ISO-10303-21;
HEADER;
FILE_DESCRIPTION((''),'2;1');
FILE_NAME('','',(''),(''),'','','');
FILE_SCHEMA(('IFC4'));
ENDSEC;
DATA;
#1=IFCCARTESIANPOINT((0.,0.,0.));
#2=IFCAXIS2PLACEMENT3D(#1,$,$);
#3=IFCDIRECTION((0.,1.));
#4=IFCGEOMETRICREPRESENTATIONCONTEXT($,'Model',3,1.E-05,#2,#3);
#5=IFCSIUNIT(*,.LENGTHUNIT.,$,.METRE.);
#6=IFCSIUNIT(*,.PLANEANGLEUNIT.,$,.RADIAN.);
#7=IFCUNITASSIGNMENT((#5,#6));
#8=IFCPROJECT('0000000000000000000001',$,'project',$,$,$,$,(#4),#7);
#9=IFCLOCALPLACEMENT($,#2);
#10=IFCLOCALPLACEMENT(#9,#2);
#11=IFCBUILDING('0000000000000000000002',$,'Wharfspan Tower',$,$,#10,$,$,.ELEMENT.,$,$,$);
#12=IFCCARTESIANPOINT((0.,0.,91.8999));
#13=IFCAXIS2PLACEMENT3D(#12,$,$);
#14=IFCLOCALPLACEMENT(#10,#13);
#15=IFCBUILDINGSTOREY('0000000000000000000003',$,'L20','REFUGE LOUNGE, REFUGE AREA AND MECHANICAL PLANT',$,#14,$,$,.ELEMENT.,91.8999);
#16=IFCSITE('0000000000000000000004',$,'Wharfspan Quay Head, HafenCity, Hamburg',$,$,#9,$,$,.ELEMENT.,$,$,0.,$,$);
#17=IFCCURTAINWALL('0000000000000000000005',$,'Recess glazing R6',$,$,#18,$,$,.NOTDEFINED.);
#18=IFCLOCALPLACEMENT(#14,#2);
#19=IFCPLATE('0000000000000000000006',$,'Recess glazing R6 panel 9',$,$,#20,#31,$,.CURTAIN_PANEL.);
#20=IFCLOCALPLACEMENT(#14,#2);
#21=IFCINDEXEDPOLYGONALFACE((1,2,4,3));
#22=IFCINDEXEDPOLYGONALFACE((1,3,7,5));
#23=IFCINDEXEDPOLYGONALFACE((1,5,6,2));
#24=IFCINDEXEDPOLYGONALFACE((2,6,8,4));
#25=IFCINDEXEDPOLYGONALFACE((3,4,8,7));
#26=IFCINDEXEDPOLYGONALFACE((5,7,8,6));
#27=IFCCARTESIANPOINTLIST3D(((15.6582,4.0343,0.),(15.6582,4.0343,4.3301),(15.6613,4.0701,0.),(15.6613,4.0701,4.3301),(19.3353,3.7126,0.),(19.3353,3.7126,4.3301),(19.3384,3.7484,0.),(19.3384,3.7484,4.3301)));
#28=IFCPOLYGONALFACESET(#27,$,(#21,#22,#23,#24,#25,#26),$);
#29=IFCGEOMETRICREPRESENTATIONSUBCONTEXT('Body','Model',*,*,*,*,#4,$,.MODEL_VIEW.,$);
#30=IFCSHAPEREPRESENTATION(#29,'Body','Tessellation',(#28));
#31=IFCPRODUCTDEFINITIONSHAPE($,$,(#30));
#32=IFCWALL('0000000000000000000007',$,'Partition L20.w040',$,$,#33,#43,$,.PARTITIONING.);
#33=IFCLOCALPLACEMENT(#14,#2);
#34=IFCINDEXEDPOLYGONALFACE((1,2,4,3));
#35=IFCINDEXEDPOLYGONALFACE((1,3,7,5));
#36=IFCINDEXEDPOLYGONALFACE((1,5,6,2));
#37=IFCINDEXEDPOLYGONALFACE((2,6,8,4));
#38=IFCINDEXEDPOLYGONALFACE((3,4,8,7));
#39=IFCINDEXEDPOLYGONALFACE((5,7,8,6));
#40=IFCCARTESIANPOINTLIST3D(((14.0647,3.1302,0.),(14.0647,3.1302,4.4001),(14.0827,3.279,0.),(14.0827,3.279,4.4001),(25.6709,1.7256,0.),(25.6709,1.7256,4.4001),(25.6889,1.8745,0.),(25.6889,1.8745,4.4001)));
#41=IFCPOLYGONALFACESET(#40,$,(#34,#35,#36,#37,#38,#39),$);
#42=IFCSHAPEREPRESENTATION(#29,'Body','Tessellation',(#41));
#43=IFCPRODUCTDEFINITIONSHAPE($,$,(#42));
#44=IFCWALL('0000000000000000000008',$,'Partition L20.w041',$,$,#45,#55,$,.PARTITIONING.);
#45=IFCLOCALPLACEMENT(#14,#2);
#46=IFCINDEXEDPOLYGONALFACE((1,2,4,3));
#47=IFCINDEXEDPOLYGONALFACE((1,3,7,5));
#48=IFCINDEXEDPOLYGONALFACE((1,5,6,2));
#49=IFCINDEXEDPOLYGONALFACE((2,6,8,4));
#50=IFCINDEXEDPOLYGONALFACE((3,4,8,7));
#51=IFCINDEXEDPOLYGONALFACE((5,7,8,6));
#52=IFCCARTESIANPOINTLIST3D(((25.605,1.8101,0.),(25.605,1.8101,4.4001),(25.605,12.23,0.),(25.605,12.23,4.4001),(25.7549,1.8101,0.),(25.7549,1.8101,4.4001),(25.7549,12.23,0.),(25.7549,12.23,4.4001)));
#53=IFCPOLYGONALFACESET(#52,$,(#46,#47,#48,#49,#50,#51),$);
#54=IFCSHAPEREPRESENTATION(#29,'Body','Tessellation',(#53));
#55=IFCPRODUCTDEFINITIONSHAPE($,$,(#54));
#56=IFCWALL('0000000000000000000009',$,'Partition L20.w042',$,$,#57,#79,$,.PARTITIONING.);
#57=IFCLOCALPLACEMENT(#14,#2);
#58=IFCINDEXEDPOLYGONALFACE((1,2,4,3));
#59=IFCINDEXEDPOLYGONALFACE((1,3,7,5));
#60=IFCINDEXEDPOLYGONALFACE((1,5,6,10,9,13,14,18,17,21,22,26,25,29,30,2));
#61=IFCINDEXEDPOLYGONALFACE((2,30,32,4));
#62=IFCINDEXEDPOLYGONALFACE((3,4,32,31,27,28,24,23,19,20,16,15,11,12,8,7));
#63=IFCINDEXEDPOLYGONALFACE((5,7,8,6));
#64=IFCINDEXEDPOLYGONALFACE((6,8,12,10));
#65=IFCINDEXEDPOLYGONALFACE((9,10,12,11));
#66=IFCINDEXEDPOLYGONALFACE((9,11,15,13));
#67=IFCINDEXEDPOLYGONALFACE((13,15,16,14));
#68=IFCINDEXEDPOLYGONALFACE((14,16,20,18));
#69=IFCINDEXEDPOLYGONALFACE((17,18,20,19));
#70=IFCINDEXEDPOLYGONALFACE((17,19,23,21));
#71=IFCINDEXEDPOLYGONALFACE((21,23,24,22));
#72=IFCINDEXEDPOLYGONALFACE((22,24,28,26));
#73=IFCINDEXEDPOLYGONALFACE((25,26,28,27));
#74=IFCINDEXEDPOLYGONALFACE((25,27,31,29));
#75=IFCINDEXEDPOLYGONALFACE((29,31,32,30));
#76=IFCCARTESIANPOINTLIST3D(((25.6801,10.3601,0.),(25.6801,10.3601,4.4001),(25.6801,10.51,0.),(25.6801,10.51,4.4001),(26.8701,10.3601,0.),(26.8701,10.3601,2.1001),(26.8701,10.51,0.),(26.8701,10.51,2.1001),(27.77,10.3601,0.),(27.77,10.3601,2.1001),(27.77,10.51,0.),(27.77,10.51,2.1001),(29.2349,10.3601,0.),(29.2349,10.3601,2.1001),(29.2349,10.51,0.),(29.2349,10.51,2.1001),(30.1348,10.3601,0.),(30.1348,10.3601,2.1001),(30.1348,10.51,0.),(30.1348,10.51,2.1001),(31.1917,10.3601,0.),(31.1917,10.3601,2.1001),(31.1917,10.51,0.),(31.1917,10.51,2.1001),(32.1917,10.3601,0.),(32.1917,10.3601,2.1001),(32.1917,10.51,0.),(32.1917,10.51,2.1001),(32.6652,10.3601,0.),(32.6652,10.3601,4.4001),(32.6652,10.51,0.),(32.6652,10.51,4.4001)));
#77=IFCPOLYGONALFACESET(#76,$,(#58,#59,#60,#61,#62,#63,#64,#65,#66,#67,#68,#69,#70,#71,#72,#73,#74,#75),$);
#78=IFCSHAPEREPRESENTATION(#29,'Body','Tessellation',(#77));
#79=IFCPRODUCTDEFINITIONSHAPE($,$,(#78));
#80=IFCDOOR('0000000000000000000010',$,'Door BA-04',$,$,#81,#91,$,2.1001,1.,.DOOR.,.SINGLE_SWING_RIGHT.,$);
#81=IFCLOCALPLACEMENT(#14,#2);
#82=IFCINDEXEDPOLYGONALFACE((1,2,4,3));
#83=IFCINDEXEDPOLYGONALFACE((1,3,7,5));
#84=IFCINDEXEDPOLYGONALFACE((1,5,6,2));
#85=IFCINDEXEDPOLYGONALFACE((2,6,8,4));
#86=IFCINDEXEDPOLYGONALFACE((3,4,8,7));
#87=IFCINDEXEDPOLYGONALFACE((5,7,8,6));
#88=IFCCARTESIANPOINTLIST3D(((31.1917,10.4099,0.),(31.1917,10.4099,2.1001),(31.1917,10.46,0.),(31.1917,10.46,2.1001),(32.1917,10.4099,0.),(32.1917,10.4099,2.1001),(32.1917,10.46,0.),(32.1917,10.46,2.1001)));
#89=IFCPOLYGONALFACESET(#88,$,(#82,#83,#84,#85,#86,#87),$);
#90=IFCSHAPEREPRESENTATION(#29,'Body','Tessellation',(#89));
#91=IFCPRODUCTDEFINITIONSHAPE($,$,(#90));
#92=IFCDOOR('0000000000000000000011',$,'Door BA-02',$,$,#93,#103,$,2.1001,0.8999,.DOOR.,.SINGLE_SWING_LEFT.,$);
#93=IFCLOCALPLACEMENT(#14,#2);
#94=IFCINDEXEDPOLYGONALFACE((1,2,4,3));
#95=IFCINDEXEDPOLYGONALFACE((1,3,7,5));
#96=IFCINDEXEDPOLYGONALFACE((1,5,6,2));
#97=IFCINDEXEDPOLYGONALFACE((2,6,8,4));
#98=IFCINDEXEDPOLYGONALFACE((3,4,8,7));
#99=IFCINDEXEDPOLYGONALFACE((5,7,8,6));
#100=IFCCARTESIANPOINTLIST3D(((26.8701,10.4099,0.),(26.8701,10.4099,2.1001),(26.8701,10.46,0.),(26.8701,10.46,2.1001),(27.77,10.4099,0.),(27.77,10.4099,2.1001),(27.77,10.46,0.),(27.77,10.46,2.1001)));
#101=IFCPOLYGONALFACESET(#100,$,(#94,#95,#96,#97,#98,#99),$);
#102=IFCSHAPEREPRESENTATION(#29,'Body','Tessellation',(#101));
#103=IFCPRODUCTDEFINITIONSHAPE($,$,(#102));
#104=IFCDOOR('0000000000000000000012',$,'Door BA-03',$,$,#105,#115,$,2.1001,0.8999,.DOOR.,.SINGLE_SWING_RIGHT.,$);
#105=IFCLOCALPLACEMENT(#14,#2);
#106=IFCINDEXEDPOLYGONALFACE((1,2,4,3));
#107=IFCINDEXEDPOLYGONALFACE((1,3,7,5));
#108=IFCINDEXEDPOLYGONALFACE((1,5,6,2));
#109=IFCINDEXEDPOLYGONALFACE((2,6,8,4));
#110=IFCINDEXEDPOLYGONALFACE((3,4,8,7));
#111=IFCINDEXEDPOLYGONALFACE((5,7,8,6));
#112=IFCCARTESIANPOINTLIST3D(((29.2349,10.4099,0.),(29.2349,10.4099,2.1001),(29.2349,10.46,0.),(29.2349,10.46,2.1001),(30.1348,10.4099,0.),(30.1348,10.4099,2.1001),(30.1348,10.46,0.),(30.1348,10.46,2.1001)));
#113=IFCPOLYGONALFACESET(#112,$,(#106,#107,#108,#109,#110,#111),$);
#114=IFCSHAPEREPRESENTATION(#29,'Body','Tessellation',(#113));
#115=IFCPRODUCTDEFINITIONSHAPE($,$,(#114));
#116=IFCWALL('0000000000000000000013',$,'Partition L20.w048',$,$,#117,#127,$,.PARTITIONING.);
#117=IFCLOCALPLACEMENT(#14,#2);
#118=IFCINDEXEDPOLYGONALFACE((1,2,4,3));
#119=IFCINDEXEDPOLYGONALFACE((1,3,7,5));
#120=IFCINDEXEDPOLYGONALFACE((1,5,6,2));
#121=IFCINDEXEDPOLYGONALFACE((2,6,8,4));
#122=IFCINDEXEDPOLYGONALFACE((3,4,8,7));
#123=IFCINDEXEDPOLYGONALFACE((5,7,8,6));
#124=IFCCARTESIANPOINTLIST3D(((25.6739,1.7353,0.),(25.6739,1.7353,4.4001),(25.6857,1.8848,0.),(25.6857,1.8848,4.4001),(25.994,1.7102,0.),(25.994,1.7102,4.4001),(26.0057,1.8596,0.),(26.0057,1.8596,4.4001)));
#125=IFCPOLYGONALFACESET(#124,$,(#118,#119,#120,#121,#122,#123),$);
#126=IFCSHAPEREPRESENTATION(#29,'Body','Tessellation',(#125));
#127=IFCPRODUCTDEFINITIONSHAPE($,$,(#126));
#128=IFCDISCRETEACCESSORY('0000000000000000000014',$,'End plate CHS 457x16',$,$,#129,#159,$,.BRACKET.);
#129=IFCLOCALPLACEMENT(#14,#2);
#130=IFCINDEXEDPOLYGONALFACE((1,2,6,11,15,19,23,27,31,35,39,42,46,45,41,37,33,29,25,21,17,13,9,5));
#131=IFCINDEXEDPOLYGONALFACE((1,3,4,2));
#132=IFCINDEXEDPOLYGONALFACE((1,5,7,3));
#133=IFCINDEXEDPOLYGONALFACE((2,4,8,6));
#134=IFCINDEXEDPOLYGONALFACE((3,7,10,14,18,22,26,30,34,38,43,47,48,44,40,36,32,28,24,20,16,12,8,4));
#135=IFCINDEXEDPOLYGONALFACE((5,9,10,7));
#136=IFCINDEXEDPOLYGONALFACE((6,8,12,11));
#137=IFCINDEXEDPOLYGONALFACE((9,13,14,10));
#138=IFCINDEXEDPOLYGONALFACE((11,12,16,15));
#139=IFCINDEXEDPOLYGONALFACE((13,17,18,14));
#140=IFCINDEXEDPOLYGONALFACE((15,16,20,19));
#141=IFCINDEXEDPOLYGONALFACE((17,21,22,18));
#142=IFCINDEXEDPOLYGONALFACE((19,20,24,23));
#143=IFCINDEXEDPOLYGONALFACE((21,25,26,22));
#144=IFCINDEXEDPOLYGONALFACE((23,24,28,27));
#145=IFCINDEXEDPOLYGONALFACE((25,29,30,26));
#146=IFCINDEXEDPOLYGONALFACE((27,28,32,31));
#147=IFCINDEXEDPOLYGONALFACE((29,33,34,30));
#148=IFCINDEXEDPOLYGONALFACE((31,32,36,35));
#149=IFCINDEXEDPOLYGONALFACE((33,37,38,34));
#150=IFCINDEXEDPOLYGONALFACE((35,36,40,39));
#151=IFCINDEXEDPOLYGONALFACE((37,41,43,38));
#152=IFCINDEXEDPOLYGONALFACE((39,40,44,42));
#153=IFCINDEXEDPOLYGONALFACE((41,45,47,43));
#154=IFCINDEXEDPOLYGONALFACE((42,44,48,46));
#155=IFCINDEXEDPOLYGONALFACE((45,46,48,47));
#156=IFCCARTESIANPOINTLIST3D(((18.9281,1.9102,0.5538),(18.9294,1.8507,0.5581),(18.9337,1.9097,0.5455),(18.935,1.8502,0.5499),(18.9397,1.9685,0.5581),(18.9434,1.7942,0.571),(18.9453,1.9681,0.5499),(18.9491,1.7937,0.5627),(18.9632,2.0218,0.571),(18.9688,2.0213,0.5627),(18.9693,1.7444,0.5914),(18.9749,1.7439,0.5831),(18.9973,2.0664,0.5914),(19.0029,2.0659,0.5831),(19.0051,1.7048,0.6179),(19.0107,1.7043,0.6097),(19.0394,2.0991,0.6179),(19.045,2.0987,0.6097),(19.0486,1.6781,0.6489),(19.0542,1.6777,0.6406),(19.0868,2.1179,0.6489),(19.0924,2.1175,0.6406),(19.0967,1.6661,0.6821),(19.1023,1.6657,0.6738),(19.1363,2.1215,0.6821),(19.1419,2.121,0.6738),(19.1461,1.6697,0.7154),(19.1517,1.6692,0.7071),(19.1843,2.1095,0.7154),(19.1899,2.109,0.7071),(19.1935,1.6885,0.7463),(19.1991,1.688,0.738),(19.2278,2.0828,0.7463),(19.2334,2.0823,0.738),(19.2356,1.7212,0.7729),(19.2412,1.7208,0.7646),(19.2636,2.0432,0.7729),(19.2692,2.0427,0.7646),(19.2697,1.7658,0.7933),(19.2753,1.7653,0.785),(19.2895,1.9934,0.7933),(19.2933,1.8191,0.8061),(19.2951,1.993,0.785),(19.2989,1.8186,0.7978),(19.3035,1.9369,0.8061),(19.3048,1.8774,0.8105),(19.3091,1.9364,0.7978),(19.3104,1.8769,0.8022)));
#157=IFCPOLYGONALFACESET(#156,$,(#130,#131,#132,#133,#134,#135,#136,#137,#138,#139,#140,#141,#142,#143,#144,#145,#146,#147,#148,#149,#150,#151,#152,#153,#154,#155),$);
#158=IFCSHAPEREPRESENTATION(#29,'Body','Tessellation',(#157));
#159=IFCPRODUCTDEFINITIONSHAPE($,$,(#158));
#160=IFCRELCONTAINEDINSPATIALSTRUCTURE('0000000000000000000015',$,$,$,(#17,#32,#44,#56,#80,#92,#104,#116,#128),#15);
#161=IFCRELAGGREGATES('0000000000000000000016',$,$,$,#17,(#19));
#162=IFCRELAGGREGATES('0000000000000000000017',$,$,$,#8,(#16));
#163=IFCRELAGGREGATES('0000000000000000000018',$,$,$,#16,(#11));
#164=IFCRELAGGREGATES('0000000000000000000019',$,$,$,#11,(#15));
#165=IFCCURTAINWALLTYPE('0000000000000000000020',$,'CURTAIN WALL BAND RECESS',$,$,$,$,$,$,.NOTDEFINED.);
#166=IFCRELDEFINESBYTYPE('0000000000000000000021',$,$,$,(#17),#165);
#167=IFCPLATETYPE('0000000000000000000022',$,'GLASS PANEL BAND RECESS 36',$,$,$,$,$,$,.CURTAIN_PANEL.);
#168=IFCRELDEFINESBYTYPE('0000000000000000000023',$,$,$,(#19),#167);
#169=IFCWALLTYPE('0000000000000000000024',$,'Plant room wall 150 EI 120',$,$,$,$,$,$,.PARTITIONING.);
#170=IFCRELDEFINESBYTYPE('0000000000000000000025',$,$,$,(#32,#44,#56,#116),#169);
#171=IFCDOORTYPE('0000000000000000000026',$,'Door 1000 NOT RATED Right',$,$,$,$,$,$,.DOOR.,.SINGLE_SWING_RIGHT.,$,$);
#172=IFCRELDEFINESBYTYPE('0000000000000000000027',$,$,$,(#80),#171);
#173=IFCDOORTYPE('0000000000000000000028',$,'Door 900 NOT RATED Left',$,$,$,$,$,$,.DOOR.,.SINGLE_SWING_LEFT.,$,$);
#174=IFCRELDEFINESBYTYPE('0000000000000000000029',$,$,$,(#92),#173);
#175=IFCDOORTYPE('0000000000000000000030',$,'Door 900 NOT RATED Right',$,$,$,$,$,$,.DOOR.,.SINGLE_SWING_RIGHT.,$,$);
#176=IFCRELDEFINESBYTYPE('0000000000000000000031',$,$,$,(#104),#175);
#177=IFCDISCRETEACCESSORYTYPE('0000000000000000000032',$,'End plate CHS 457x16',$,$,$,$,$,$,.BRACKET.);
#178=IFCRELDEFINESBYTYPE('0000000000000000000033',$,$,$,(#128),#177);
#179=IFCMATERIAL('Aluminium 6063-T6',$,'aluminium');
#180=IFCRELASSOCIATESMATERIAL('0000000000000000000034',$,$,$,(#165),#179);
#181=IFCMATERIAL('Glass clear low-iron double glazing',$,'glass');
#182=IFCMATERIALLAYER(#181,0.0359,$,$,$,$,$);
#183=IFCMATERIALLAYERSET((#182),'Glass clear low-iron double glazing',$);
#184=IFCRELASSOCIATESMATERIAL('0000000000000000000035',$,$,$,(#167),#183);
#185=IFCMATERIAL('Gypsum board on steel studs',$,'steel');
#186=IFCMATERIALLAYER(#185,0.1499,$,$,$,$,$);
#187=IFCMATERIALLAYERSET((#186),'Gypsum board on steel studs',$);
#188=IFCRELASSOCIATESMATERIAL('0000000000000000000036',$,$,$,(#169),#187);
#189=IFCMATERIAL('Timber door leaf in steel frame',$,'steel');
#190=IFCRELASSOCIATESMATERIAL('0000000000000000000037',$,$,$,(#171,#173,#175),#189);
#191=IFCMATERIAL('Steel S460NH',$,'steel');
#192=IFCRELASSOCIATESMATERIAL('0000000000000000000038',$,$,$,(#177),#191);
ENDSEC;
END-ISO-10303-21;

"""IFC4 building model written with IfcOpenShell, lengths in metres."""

from ifc_helpers import new_model, si_unit, direction, frame, frame_2d, origin, origin_2d, place, context, subcontext, project, spatial, rectangle, circle, extrude, material, layer, layer_set, material_profile, profile_set, type_object, element, fill, aggregate, save


model = new_model("IFC4")

# Units and contexts
model_context = context("Model", 3, precision=1e-05, world=origin(), true_north=direction((0.0, 1.0)))
body_context = subcontext(model_context, "Body", "Model", "MODEL_VIEW")
ifc_project = project(units=[si_unit("LENGTHUNIT", "METRE"), si_unit("PLANEANGLEUNIT", "RADIAN")], contexts=[model_context])

# Site, building, storey
site_placement = place(None, origin())
site = spatial("IfcSite", under=ifc_project, at=site_placement, Name="Wharfspan Quay Head, HafenCity, Hamburg", CompositionType="ELEMENT", RefElevation=0.0)
building_placement = place(site_placement, origin())
building = spatial("IfcBuilding", under=site, at=building_placement, Name="Wharfspan Tower", CompositionType="ELEMENT")
storey_placement = place(building_placement, frame((0.0, 0.0, 91.8999)))
storey = spatial("IfcBuildingStorey", under=building, at=storey_placement, Name="L20", Description="REFUGE LOUNGE, REFUGE AREA AND MECHANICAL PLANT", CompositionType="ELEMENT", Elevation=91.8999)

# Curtain wall
ifc_material_1 = material(Name="Aluminium 6063-T6", Category="aluminium")
curtain_wall_type = type_object("IfcCurtainWallType", Name="CURTAIN WALL BAND RECESS", PredefinedType="NOTDEFINED", material=ifc_material_1)
curtain_wall_placement = place(storey_placement, origin())
curtain_wall = element("IfcCurtainWall", 1, at=curtain_wall_placement, inside=storey, type_object=curtain_wall_type, Name="Recess glazing R6", PredefinedType="NOTDEFINED")

# Shared definitions
ifc_material_2 = material(Name="Steel S460NH", Category="steel")

# Plate
ifc_material_3 = material(Name="Glass clear low-iron double glazing", Category="glass")
ifc_layer_1 = layer(ifc_material_3, 0.0359)
ifc_layer_set_1 = layer_set([ifc_layer_1], Name="Glass clear low-iron double glazing")
plate_type = type_object("IfcPlateType", Name="GLASS PANEL BAND RECESS 36", PredefinedType="CURTAIN_PANEL", material=ifc_layer_set_1)
plate_1_placement = place(storey_placement, frame((17.4983, 3.8914, 0.0), z_axis=(0.0, 0.0, 1.0), x_axis=(-0.996198, 0.087156, 0.0)))
plate_1 = element("IfcPlate", 2, at=plate_1_placement, type_object=plate_type, Name="Recess glazing R6 panel 9", PredefinedType="CURTAIN_PANEL", context=body_context, shape_type="SweptSolid", body=[
    extrude(rectangle(XDim=3.6912, YDim=0.0359, at=origin_2d()), origin(), (0.0, 0.0, 1.0), 4.3301),
])
aggregate(curtain_wall, [plate_1])

# Walls
ifc_material_4 = material(Name="Gypsum board on steel studs", Category="steel")
ifc_layer_2 = layer(ifc_material_4, 0.1499)
ifc_layer_set_2 = layer_set([ifc_layer_2], Name="Gypsum board on steel studs")
wall_type = type_object("IfcWallType", Name="Plant room wall 150 EI 120", PredefinedType="PARTITIONING", material=ifc_layer_set_2)
wall_1_placement = place(storey_placement, frame((25.6799, 1.8, 0.0), z_axis=(0.0, 0.0, 1.0), x_axis=(-0.992758, 0.12014, 0.0)))
element("IfcWall", 3, at=wall_1_placement, inside=storey, type_object=wall_type, Name="Partition L20.w040", PredefinedType="PARTITIONING", context=body_context, shape_type="SweptSolid", body=[
    extrude(rectangle(XDim=11.6909, YDim=0.1499, at=frame_2d((5.8455, 0.0))), origin(), (0.0, 0.0, 1.0), 4.4001),
])
wall_2_placement = place(storey_placement, frame((25.6799, 1.8101, 0.0), z_axis=(0.0, 0.0, 1.0), x_axis=(0.0, 1.0, 0.0)))
element("IfcWall", 4, at=wall_2_placement, inside=storey, type_object=wall_type, Name="Partition L20.w041", PredefinedType="PARTITIONING", context=body_context, shape_type="SweptSolid", body=[
    extrude(rectangle(XDim=10.4199, YDim=0.1499, at=frame_2d((5.21, 0.0))), origin(), (0.0, 0.0, 1.0), 4.4001),
])

# Wall, openings, doors
wall_3_placement = place(storey_placement, frame((25.6799, 10.4351, 0.0), z_axis=(0.0, 0.0, 1.0), x_axis=(1.0, 0.0, 0.0)))
wall_3 = element("IfcWall", 5, at=wall_3_placement, inside=storey, type_object=wall_type, Name="Partition L20.w042", PredefinedType="PARTITIONING", context=body_context, shape_type="SweptSolid", body=[
    extrude(rectangle(XDim=6.9851, YDim=0.1499, at=frame_2d((3.4927, 0.0))), origin(), (0.0, 0.0, 1.0), 4.4001),
])
opening_1_placement = place(wall_3_placement, frame((1.1902, 0.0, 0.0)))
opening_1 = element("IfcOpeningElement", 6, at=opening_1_placement, cuts=wall_3, PredefinedType="OPENING", context=body_context, shape_type="SweptSolid", body=[
    extrude(rectangle(XDim=0.8999, YDim=2.1001, at=frame_2d((0.45, 1.05))), frame((0.0, 0.085, 0.0), z_axis=(0.0, -1.0, 0.0), x_axis=(1.0, 0.0, 0.0)), (0.0, 0.0, 1.0), 0.1699),
])
opening_2_placement = place(wall_3_placement, frame((3.5549, 0.0, 0.0)))
opening_2 = element("IfcOpeningElement", 7, at=opening_2_placement, cuts=wall_3, PredefinedType="OPENING", context=body_context, shape_type="SweptSolid", body=[
    extrude(rectangle(XDim=0.8999, YDim=2.1001, at=frame_2d((0.45, 1.05))), frame((0.0, 0.085, 0.0), z_axis=(0.0, -1.0, 0.0), x_axis=(1.0, 0.0, 0.0)), (0.0, 0.0, 1.0), 0.1699),
])
opening_3_placement = place(wall_3_placement, frame((5.5117, 0.0, 0.0)))
opening_3 = element("IfcOpeningElement", 8, at=opening_3_placement, cuts=wall_3, PredefinedType="OPENING", context=body_context, shape_type="SweptSolid", body=[
    extrude(rectangle(XDim=1.0, YDim=2.1001, at=frame_2d((0.5, 1.05))), frame((0.0, 0.085, 0.0), z_axis=(0.0, -1.0, 0.0), x_axis=(1.0, 0.0, 0.0)), (0.0, 0.0, 1.0), 0.1699),
])
ifc_material_5 = material(Name="Timber door leaf in steel frame", Category="steel")
door_type_1 = type_object("IfcDoorType", Name="Door 1000 NOT RATED Right", OperationType="SINGLE_SWING_RIGHT", PredefinedType="DOOR", material=ifc_material_5)
door_1_placement = place(opening_3_placement, origin())
door_1 = element("IfcDoor", 9, at=door_1_placement, inside=storey, type_object=door_type_1, Name="Door BA-04", OperationType="SINGLE_SWING_RIGHT", OverallHeight=2.1001, OverallWidth=1.0, PredefinedType="DOOR", context=body_context, shape_type="SweptSolid", body=[
    extrude(rectangle(XDim=1.0, YDim=2.1001, at=frame_2d((0.5, 1.05))), frame((0.0, 0.0249, 0.0), z_axis=(0.0, -1.0, 0.0), x_axis=(1.0, 0.0, 0.0)), (0.0, 0.0, 1.0), 0.05),
])
fill(opening_3, door_1)
door_type_2 = type_object("IfcDoorType", Name="Door 900 NOT RATED Left", OperationType="SINGLE_SWING_LEFT", PredefinedType="DOOR", material=ifc_material_5)
door_2_placement = place(opening_1_placement, origin())
door_2 = element("IfcDoor", 10, at=door_2_placement, inside=storey, type_object=door_type_2, Name="Door BA-02", OperationType="SINGLE_SWING_LEFT", OverallHeight=2.1001, OverallWidth=0.8999, PredefinedType="DOOR", context=body_context, shape_type="SweptSolid", body=[
    extrude(rectangle(XDim=0.8999, YDim=2.1001, at=frame_2d((0.45, 1.05))), frame((0.0, 0.0249, 0.0), z_axis=(0.0, -1.0, 0.0), x_axis=(1.0, 0.0, 0.0)), (0.0, 0.0, 1.0), 0.05),
])
fill(opening_1, door_2)
door_type_3 = type_object("IfcDoorType", Name="Door 900 NOT RATED Right", OperationType="SINGLE_SWING_RIGHT", PredefinedType="DOOR", material=ifc_material_5)
door_3_placement = place(opening_2_placement, origin())
door_3 = element("IfcDoor", 11, at=door_3_placement, inside=storey, type_object=door_type_3, Name="Door BA-03", OperationType="SINGLE_SWING_RIGHT", OverallHeight=2.1001, OverallWidth=0.8999, PredefinedType="DOOR", context=body_context, shape_type="SweptSolid", body=[
    extrude(rectangle(XDim=0.8999, YDim=2.1001, at=frame_2d((0.45, 1.05))), frame((0.0, 0.0249, 0.0), z_axis=(0.0, -1.0, 0.0), x_axis=(1.0, 0.0, 0.0)), (0.0, 0.0, 1.0), 0.05),
])
fill(opening_2, door_3)

# Wall
wall_4_placement = place(storey_placement, frame((26.0, 1.7849, 0.0), z_axis=(0.0, 0.0, 1.0), x_axis=(-0.996932, 0.078325, 0.0)))
element("IfcWall", 12, at=wall_4_placement, inside=storey, type_object=wall_type, Name="Partition L20.w048", PredefinedType="PARTITIONING", context=body_context, shape_type="SweptSolid", body=[
    extrude(rectangle(XDim=0.321, YDim=0.1499, at=frame_2d((0.1606, 0.0))), origin(), (0.0, 0.0, 1.0), 4.4001),
])

# Discrete accessory
ifc_material_profile_1 = material_profile(ifc_material_2, circle(Radius=0.2285, at=origin_2d()))
ifc_profile_set_1 = profile_set([ifc_material_profile_1], Name="Steel S460NH")
discrete_accessory_type_1 = type_object("IfcDiscreteAccessoryType", Name="End plate CHS 457x16", PredefinedType="BRACKET", material=ifc_profile_set_1)
for number, where, z_axis, x_axis, name in (
    (13, (19.1165, 1.8938, 0.6821), (0.559645, -0.048665, -0.827302), (0.086627, 0.99624, -0.000002), "End plate CHS 457x16"),
):
    element("IfcDiscreteAccessory", number, at=place(storey_placement, frame(where, z_axis=z_axis, x_axis=x_axis)), inside=storey, type_object=discrete_accessory_type_1, Name=name, PredefinedType="BRACKET", context=body_context, shape_type="SweptSolid", body=[
        extrude(circle(Radius=0.2285, at=origin_2d()), origin(), (0.0, 0.0, 1.0), 0.01),
    ])

save(model, "model.ifc")
